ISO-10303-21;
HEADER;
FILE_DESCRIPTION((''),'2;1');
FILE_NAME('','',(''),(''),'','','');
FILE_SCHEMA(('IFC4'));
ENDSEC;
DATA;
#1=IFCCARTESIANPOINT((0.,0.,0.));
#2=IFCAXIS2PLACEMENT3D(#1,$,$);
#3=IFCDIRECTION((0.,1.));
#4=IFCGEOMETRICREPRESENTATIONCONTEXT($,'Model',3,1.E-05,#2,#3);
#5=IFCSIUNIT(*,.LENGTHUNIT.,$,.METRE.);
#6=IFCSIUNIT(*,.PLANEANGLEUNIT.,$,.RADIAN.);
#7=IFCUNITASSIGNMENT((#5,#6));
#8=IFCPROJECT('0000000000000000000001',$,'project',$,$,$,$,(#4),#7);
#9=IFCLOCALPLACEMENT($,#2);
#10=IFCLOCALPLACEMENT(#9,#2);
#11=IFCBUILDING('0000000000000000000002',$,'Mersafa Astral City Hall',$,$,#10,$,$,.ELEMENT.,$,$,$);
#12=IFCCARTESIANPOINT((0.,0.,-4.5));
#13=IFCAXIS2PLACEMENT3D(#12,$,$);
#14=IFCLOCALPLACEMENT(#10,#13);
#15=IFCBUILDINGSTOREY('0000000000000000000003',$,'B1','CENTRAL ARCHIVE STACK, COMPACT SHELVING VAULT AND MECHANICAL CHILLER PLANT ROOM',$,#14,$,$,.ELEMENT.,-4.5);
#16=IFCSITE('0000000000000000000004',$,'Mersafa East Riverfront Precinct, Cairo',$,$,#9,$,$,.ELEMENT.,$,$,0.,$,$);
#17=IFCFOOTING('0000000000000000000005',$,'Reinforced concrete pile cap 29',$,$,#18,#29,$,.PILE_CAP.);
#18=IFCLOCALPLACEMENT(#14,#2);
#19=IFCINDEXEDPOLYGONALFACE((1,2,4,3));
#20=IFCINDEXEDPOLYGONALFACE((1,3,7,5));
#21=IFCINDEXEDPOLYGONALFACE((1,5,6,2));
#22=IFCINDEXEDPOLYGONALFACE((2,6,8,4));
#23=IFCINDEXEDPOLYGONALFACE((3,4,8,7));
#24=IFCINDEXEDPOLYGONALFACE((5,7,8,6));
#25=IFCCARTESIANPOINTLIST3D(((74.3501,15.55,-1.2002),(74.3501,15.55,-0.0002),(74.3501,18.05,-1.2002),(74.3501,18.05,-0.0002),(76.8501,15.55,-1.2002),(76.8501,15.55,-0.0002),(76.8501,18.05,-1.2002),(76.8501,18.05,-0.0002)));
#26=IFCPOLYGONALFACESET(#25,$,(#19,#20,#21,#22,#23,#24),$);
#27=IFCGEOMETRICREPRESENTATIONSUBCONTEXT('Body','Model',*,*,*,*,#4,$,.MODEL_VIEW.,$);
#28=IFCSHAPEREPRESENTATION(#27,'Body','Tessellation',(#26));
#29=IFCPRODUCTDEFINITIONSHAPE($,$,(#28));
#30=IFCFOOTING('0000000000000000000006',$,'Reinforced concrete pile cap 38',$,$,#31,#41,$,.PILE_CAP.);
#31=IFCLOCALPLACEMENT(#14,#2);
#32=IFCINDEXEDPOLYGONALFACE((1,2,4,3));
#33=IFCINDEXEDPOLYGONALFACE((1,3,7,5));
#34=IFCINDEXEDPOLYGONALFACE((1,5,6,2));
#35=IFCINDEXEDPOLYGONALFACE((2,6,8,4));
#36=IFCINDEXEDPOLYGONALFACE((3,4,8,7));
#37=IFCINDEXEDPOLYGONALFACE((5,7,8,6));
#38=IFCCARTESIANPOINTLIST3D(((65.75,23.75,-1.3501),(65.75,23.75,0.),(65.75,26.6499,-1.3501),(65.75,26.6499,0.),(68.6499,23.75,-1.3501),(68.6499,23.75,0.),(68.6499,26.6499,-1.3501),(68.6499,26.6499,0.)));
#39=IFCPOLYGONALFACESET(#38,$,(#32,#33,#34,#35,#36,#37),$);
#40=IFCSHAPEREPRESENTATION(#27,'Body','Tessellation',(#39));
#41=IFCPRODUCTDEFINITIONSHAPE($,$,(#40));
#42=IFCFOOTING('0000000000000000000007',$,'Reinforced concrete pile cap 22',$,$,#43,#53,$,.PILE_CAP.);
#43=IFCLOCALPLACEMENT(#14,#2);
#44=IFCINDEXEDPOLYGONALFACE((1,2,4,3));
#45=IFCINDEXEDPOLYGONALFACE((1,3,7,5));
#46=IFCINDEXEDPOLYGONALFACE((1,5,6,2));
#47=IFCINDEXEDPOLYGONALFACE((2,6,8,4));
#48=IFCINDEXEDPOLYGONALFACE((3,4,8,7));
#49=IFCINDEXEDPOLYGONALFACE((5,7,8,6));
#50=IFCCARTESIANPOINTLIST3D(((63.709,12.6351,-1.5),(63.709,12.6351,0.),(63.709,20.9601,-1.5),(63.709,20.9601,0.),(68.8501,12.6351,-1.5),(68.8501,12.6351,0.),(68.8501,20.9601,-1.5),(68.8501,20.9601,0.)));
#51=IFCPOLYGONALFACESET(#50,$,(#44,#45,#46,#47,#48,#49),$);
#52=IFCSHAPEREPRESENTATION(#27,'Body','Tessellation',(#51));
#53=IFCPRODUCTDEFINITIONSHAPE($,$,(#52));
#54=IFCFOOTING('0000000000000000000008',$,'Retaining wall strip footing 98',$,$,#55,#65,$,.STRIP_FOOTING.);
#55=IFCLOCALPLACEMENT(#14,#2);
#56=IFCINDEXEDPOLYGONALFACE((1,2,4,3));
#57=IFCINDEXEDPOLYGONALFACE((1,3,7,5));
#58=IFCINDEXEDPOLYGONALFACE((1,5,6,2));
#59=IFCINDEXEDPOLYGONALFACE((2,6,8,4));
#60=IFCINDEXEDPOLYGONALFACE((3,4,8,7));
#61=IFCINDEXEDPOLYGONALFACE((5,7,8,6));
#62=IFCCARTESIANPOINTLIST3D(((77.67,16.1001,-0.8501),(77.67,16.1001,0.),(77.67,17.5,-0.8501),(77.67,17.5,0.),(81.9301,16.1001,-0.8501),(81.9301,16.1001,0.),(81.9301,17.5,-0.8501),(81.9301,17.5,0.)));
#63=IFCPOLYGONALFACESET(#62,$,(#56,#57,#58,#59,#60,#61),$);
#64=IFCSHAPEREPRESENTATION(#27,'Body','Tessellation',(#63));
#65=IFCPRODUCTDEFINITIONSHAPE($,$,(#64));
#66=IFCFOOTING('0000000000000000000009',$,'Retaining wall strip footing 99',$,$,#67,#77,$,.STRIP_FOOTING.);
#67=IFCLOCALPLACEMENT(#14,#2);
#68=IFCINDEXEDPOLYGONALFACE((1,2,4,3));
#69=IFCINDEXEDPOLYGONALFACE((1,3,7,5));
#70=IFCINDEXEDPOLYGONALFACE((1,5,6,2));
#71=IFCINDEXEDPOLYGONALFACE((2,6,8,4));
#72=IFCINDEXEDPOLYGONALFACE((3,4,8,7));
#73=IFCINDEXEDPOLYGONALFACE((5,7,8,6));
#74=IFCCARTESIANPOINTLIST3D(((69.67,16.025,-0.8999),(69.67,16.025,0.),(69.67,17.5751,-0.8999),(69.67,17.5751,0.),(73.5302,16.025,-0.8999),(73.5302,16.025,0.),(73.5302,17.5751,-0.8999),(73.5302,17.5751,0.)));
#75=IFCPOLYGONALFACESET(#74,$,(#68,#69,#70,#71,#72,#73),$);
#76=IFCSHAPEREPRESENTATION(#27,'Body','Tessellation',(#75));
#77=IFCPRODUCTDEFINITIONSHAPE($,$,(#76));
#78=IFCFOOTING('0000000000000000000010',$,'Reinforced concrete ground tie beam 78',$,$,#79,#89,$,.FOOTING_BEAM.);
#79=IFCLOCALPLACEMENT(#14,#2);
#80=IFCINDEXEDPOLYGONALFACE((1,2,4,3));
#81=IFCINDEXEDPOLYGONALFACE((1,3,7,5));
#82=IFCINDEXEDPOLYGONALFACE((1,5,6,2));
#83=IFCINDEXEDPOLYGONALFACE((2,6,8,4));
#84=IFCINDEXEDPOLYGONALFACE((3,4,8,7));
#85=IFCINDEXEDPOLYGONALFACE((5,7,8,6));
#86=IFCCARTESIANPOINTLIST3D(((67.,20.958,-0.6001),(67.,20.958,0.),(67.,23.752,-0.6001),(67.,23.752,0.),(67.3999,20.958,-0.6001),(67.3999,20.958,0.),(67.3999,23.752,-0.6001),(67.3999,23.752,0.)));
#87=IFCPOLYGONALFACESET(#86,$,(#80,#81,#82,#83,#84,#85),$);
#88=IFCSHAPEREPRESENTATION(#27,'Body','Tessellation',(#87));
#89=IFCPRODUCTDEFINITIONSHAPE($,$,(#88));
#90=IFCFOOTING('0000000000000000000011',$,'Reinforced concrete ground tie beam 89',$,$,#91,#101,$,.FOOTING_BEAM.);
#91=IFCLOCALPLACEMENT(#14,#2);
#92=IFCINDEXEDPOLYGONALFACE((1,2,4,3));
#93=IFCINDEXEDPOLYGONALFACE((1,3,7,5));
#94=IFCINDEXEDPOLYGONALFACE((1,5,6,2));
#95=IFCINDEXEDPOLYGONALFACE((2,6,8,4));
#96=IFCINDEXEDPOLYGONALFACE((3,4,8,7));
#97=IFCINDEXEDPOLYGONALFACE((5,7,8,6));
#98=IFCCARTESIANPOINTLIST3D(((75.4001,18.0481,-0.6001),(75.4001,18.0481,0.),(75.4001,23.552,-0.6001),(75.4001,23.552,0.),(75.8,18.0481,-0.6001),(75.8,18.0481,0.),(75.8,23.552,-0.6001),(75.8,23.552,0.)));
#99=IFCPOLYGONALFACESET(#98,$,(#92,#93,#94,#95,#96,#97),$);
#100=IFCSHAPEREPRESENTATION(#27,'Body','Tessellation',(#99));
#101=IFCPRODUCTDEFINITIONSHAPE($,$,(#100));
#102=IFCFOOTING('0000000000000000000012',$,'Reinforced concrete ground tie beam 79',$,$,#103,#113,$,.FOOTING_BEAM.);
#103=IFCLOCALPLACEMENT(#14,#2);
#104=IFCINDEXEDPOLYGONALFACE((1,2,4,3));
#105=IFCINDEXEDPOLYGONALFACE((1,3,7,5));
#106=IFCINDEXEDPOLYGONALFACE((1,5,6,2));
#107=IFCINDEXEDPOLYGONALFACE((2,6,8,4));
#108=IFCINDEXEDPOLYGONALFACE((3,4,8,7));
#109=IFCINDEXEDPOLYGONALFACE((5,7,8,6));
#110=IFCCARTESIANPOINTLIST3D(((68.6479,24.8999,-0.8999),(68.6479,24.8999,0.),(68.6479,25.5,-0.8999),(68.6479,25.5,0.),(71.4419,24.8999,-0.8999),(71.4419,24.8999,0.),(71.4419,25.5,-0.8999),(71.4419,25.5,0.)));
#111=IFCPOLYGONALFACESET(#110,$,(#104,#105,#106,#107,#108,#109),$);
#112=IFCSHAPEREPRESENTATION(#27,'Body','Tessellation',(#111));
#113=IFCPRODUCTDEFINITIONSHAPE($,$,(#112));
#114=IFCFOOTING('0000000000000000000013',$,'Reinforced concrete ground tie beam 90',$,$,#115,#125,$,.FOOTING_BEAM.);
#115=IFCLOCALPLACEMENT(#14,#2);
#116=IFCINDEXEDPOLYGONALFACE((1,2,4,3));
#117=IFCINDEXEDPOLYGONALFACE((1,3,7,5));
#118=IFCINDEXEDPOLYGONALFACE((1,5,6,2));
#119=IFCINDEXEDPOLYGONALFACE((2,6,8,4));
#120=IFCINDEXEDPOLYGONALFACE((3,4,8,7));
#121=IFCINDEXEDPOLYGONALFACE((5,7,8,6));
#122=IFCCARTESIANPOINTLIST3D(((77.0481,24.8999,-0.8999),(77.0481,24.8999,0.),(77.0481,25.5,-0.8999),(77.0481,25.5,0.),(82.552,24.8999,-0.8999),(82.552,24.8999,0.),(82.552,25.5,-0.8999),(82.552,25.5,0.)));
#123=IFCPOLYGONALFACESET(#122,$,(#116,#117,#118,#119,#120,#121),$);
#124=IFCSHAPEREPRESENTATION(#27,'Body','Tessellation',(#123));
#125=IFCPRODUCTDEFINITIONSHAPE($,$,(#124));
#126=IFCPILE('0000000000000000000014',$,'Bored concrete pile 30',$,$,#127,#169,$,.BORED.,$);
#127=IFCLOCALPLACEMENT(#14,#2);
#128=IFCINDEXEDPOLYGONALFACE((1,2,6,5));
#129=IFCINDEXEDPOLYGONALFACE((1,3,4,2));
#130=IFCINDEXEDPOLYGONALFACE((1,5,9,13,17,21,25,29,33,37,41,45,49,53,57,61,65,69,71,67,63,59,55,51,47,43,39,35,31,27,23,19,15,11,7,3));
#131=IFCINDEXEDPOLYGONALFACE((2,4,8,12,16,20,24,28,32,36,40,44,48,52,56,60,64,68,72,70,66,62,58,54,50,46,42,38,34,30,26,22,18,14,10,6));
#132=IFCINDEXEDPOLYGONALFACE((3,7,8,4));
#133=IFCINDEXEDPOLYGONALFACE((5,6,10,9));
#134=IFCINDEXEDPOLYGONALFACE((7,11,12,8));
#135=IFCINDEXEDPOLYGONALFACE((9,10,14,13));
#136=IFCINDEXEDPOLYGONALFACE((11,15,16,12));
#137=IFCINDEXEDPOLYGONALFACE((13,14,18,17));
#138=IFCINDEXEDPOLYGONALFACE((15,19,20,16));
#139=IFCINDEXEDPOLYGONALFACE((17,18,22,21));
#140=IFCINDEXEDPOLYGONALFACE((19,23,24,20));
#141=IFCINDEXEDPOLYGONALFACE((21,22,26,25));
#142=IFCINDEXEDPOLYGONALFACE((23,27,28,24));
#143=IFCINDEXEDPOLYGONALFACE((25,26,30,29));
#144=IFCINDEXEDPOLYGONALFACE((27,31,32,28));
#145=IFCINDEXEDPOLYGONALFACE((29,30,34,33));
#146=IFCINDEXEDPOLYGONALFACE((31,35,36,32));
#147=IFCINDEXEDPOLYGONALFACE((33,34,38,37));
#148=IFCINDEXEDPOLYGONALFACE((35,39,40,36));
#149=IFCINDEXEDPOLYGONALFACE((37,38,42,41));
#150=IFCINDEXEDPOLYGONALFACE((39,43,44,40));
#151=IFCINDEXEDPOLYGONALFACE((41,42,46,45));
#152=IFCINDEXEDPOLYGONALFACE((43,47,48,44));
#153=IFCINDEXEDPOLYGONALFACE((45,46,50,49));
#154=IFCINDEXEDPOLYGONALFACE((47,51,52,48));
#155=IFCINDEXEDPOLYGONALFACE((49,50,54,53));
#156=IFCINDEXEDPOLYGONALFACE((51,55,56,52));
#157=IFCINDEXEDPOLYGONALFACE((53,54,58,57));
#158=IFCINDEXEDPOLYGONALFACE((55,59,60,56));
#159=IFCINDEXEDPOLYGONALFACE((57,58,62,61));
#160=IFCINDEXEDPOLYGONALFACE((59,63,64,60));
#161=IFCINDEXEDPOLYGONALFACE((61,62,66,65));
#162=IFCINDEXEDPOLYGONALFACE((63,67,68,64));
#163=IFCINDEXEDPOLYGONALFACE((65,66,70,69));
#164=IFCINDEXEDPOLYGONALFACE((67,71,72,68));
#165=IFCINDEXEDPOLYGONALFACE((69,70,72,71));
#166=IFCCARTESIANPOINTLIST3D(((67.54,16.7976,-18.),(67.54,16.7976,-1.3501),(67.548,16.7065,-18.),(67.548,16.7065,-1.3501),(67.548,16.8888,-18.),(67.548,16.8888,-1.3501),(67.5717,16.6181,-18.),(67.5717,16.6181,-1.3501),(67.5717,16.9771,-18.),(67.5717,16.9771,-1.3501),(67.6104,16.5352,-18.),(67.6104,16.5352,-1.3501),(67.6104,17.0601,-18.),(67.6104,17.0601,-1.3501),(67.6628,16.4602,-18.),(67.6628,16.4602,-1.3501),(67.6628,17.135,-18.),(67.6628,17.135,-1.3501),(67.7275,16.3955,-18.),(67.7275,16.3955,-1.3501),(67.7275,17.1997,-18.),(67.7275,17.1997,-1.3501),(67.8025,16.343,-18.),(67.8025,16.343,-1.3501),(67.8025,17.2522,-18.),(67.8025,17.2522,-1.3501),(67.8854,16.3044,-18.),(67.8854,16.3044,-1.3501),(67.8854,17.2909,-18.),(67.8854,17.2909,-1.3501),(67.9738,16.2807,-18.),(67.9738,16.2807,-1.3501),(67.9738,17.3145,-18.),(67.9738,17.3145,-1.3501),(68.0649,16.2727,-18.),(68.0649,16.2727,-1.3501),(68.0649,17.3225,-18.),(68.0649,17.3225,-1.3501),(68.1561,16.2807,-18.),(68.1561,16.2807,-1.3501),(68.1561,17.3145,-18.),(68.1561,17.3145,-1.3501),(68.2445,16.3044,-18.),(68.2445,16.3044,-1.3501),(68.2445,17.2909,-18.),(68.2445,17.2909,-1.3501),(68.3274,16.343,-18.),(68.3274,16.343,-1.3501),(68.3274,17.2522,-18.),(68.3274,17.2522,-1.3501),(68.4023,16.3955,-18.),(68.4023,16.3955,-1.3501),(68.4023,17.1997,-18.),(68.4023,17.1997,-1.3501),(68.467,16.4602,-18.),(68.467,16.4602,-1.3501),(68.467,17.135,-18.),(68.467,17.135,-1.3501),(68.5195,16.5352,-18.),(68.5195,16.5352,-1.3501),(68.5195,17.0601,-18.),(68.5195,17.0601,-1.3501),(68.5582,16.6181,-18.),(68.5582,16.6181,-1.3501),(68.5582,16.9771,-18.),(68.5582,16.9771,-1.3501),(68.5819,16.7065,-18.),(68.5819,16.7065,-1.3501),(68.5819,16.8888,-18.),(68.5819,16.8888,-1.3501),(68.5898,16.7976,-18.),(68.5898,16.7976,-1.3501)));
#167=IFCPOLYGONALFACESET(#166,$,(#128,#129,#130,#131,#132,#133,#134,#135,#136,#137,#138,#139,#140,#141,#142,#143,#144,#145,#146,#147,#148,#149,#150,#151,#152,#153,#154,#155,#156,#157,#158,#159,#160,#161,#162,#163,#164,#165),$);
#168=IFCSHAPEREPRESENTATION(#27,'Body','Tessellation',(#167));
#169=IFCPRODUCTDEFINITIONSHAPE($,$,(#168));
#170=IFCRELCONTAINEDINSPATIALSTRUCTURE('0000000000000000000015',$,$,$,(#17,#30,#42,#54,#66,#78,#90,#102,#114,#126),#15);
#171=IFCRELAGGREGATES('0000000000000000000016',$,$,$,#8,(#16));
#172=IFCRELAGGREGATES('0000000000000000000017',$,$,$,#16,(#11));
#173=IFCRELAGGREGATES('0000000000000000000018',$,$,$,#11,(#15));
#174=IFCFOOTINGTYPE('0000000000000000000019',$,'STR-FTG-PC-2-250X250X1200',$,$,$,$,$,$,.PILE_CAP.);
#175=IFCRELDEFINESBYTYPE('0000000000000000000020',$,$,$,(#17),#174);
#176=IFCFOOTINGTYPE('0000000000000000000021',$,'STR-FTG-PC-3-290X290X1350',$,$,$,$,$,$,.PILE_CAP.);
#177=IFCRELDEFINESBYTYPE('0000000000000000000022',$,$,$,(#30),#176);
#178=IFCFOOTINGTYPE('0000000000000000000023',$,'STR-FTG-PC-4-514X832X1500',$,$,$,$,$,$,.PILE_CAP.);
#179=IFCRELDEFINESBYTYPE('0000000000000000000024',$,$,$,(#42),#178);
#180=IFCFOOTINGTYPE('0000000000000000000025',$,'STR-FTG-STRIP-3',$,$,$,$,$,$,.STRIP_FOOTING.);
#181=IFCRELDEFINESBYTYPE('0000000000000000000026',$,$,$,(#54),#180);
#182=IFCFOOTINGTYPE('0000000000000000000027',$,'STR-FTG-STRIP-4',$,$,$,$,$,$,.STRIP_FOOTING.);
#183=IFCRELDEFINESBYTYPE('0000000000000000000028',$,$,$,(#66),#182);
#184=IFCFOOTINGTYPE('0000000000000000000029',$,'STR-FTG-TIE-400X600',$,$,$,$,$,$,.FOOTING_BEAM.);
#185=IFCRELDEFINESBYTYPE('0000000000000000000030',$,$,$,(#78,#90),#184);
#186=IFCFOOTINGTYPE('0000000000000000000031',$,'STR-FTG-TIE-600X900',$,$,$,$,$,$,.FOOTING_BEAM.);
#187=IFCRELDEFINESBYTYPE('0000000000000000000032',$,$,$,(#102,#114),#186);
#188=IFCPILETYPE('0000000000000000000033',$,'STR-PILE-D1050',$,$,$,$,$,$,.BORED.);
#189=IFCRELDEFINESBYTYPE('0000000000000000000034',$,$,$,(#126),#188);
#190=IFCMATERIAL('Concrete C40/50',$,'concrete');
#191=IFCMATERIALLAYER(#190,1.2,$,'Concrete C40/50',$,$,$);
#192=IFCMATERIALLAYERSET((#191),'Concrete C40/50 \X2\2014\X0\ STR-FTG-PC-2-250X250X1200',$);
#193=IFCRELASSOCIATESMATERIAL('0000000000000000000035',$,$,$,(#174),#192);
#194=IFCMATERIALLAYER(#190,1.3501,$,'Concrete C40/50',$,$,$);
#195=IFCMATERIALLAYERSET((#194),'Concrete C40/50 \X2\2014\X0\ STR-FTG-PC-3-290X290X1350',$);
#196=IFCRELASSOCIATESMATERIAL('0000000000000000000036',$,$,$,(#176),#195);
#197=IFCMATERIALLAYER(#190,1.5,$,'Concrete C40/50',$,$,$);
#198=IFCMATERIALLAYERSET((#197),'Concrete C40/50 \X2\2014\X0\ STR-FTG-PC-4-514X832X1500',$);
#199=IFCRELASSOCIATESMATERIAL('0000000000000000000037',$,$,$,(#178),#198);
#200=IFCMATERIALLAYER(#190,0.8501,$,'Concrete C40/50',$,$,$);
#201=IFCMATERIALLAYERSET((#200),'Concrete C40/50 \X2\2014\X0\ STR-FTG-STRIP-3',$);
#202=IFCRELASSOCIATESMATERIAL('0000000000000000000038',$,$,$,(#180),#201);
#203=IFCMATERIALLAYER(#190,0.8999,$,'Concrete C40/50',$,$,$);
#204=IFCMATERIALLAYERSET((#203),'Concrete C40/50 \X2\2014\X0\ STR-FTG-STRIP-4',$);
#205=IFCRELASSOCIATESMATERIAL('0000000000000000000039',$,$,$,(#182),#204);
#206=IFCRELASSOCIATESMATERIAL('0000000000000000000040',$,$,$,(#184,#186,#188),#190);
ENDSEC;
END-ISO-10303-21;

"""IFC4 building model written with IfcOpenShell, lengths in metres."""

from ifc_helpers import new_model, si_unit, direction, frame, origin, origin_2d, place, context, subcontext, project, spatial, rectangle, circle, extrude, material, layer, layer_set, material_profile, profile_set, type_object, element, save


model = new_model("IFC4")

# Units and contexts
model_context = context("Model", 3, precision=1e-05, world=origin(), true_north=direction((0.0, 1.0)))
body_context = subcontext(model_context, "Body", "Model", "MODEL_VIEW")
ifc_project = project(units=[si_unit("LENGTHUNIT", "METRE"), si_unit("PLANEANGLEUNIT", "RADIAN")], contexts=[model_context])

# Site, building, storey
site_placement = place(None, origin())
site = spatial("IfcSite", under=ifc_project, at=site_placement, Name="Mersafa East Riverfront Precinct, Cairo", CompositionType="ELEMENT", RefElevation=0.0)
building_placement = place(site_placement, origin())
building = spatial("IfcBuilding", under=site, at=building_placement, Name="Mersafa Astral City Hall", CompositionType="ELEMENT")
storey_placement = place(building_placement, frame((0.0, 0.0, -4.5)))
storey = spatial("IfcBuildingStorey", under=building, at=storey_placement, Name="B1", Description="CENTRAL ARCHIVE STACK, COMPACT SHELVING VAULT AND MECHANICAL CHILLER PLANT ROOM", CompositionType="ELEMENT", Elevation=-4.5)

# Footings
ifc_material_1 = material(Name="Concrete C40/50", Category="concrete")
ifc_layer_1 = layer(ifc_material_1, 1.2, Name="Concrete C40/50")
ifc_layer_set_1 = layer_set([ifc_layer_1], Name="Concrete C40/50 — STR-FTG-PC-2-250X250X1200")
footing_type_1 = type_object("IfcFootingType", Name="STR-FTG-PC-2-250X250X1200", PredefinedType="PILE_CAP", material=ifc_layer_set_1)
footing_1_placement = place(storey_placement, frame((75.6001, 16.8, -1.2002), z_axis=(0.0, 0.0, 1.0), x_axis=(1.0, 0.0, 0.0)))
element("IfcFooting", 1, at=footing_1_placement, inside=storey, type_object=footing_type_1, Name="Reinforced concrete pile cap 29", PredefinedType="PILE_CAP", context=body_context, shape_type="SweptSolid", body=[
    extrude(rectangle(XDim=2.5, YDim=2.5, at=origin_2d()), origin(), (0.0, 0.0, 1.0), 1.2),
])
ifc_layer_2 = layer(ifc_material_1, 1.3501, Name="Concrete C40/50")
ifc_layer_set_2 = layer_set([ifc_layer_2], Name="Concrete C40/50 — STR-FTG-PC-3-290X290X1350")
footing_type_2 = type_object("IfcFootingType", Name="STR-FTG-PC-3-290X290X1350", PredefinedType="PILE_CAP", material=ifc_layer_set_2)
footing_2_placement = place(storey_placement, frame((67.2, 25.2, -1.3501), z_axis=(0.0, 0.0, 1.0), x_axis=(1.0, 0.0, 0.0)))
element("IfcFooting", 2, at=footing_2_placement, inside=storey, type_object=footing_type_2, Name="Reinforced concrete pile cap 38", PredefinedType="PILE_CAP", context=body_context, shape_type="SweptSolid", body=[
    extrude(rectangle(XDim=2.8999, YDim=2.8999, at=origin_2d()), origin(), (0.0, 0.0, 1.0), 1.3501),
])
ifc_layer_3 = layer(ifc_material_1, 1.5, Name="Concrete C40/50")
ifc_layer_set_3 = layer_set([ifc_layer_3], Name="Concrete C40/50 — STR-FTG-PC-4-514X832X1500")
footing_type_3 = type_object("IfcFootingType", Name="STR-FTG-PC-4-514X832X1500", PredefinedType="PILE_CAP", material=ifc_layer_set_3)
footing_3_placement = place(storey_placement, frame((66.2795, 16.7976, -1.5), z_axis=(0.0, 0.0, 1.0), x_axis=(1.0, 0.0, 0.0)))
element("IfcFooting", 3, at=footing_3_placement, inside=storey, type_object=footing_type_3, Name="Reinforced concrete pile cap 22", PredefinedType="PILE_CAP", context=body_context, shape_type="SweptSolid", body=[
    extrude(rectangle(XDim=5.1411, YDim=8.325, at=origin_2d()), origin(), (0.0, 0.0, 1.0), 1.5),
])
ifc_layer_4 = layer(ifc_material_1, 0.8501, Name="Concrete C40/50")
ifc_layer_set_4 = layer_set([ifc_layer_4], Name="Concrete C40/50 — STR-FTG-STRIP-3")
footing_type_4 = type_object("IfcFootingType", Name="STR-FTG-STRIP-3", PredefinedType="STRIP_FOOTING", material=ifc_layer_set_4)
footing_4_placement = place(storey_placement, frame((79.8, 16.8, -0.8501), z_axis=(0.0, 0.0, 1.0), x_axis=(-1.0, 0.0, 0.0)))
element("IfcFooting", 4, at=footing_4_placement, inside=storey, type_object=footing_type_4, Name="Retaining wall strip footing 98", PredefinedType="STRIP_FOOTING", context=body_context, shape_type="SweptSolid", body=[
    extrude(rectangle(XDim=4.26, YDim=1.3999, at=origin_2d()), origin(), (0.0, 0.0, 1.0), 0.8501),
])
ifc_layer_5 = layer(ifc_material_1, 0.8999, Name="Concrete C40/50")
ifc_layer_set_5 = layer_set([ifc_layer_5], Name="Concrete C40/50 — STR-FTG-STRIP-4")
footing_type_5 = type_object("IfcFootingType", Name="STR-FTG-STRIP-4", PredefinedType="STRIP_FOOTING", material=ifc_layer_set_5)
footing_5_placement = place(storey_placement, frame((71.6001, 16.8, -0.8999), z_axis=(0.0, 0.0, 1.0), x_axis=(-1.0, 0.0, 0.0)))
element("IfcFooting", 5, at=footing_5_placement, inside=storey, type_object=footing_type_5, Name="Retaining wall strip footing 99", PredefinedType="STRIP_FOOTING", context=body_context, shape_type="SweptSolid", body=[
    extrude(rectangle(XDim=3.8601, YDim=1.55, at=origin_2d()), origin(), (0.0, 0.0, 1.0), 0.8999),
])
ifc_material_profile_1 = material_profile(ifc_material_1, rectangle(XDim=0.3999, YDim=0.6001, at=origin_2d()), Name="RC 400x600")
ifc_profile_set_1 = profile_set([ifc_material_profile_1], Name="Concrete C40/50")
footing_type_6 = type_object("IfcFootingType", Name="STR-FTG-TIE-400X600", PredefinedType="FOOTING_BEAM", material=ifc_profile_set_1)
footing_6_placement = place(storey_placement, frame((67.2, 20.958, -0.3), z_axis=(0.0, 1.0, 0.0), x_axis=(-1.0, 0.0, 0.0)))
element("IfcFooting", 6, at=footing_6_placement, inside=storey, type_object=footing_type_6, Name="Reinforced concrete ground tie beam 78", PredefinedType="FOOTING_BEAM", context=body_context, shape_type="SweptSolid", body=[
    extrude(rectangle(XDim=0.3999, YDim=0.6001, at=origin_2d()), origin(), (0.0, 0.0, 1.0), 2.7939),
])
footing_7_placement = place(storey_placement, frame((75.6001, 18.0481, -0.3), z_axis=(0.0, 1.0, 0.0), x_axis=(-1.0, 0.0, 0.0)))
element("IfcFooting", 7, at=footing_7_placement, inside=storey, type_object=footing_type_6, Name="Reinforced concrete ground tie beam 89", PredefinedType="FOOTING_BEAM", context=body_context, shape_type="SweptSolid", body=[
    extrude(rectangle(XDim=0.3999, YDim=0.6001, at=origin_2d()), origin(), (0.0, 0.0, 1.0), 5.5039),
])
ifc_material_profile_2 = material_profile(ifc_material_1, rectangle(XDim=0.6001, YDim=0.8999, at=origin_2d()), Name="RC 600x900")
ifc_profile_set_2 = profile_set([ifc_material_profile_2], Name="Concrete C40/50")
footing_type_7 = type_object("IfcFootingType", Name="STR-FTG-TIE-600X900", PredefinedType="FOOTING_BEAM", material=ifc_profile_set_2)
footing_8_placement = place(storey_placement, frame((68.6479, 25.2, -0.45), z_axis=(1.0, 0.0, 0.0), x_axis=(0.0, 1.0, 0.0)))
element("IfcFooting", 8, at=footing_8_placement, inside=storey, type_object=footing_type_7, Name="Reinforced concrete ground tie beam 79", PredefinedType="FOOTING_BEAM", context=body_context, shape_type="SweptSolid", body=[
    extrude(rectangle(XDim=0.6001, YDim=0.8999, at=origin_2d()), origin(), (0.0, 0.0, 1.0), 2.7939),
])
footing_9_placement = place(storey_placement, frame((77.0481, 25.2, -0.45), z_axis=(1.0, 0.0, 0.0), x_axis=(0.0, 1.0, 0.0)))
element("IfcFooting", 9, at=footing_9_placement, inside=storey, type_object=footing_type_7, Name="Reinforced concrete ground tie beam 90", PredefinedType="FOOTING_BEAM", context=body_context, shape_type="SweptSolid", body=[
    extrude(rectangle(XDim=0.6001, YDim=0.8999, at=origin_2d()), origin(), (0.0, 0.0, 1.0), 5.5039),
])

# Pile
ifc_material_profile_3 = material_profile(ifc_material_1, circle(Radius=0.5249, at=origin_2d()), Name="PILE D1050")
ifc_profile_set_3 = profile_set([ifc_material_profile_3], Name="Concrete C40/50")
pile_type_1 = type_object("IfcPileType", Name="STR-PILE-D1050", PredefinedType="BORED", material=ifc_profile_set_3)
for number, where, z_axis, x_axis, name in (
    (10, (68.0649, 16.7976, -1.3501), (0.0, 0.0, -1.0), (1.0, 0.0, 0.0), "Bored concrete pile 30"),
):
    element("IfcPile", number, at=place(storey_placement, frame(where, z_axis=z_axis, x_axis=x_axis)), inside=storey, type_object=pile_type_1, Name=name, PredefinedType="BORED", context=body_context, shape_type="SweptSolid", body=[
        extrude(circle(Radius=0.5249, at=origin_2d()), origin(), (0.0, 0.0, 1.0), 16.6499),
    ])

save(model, "model.ifc")
